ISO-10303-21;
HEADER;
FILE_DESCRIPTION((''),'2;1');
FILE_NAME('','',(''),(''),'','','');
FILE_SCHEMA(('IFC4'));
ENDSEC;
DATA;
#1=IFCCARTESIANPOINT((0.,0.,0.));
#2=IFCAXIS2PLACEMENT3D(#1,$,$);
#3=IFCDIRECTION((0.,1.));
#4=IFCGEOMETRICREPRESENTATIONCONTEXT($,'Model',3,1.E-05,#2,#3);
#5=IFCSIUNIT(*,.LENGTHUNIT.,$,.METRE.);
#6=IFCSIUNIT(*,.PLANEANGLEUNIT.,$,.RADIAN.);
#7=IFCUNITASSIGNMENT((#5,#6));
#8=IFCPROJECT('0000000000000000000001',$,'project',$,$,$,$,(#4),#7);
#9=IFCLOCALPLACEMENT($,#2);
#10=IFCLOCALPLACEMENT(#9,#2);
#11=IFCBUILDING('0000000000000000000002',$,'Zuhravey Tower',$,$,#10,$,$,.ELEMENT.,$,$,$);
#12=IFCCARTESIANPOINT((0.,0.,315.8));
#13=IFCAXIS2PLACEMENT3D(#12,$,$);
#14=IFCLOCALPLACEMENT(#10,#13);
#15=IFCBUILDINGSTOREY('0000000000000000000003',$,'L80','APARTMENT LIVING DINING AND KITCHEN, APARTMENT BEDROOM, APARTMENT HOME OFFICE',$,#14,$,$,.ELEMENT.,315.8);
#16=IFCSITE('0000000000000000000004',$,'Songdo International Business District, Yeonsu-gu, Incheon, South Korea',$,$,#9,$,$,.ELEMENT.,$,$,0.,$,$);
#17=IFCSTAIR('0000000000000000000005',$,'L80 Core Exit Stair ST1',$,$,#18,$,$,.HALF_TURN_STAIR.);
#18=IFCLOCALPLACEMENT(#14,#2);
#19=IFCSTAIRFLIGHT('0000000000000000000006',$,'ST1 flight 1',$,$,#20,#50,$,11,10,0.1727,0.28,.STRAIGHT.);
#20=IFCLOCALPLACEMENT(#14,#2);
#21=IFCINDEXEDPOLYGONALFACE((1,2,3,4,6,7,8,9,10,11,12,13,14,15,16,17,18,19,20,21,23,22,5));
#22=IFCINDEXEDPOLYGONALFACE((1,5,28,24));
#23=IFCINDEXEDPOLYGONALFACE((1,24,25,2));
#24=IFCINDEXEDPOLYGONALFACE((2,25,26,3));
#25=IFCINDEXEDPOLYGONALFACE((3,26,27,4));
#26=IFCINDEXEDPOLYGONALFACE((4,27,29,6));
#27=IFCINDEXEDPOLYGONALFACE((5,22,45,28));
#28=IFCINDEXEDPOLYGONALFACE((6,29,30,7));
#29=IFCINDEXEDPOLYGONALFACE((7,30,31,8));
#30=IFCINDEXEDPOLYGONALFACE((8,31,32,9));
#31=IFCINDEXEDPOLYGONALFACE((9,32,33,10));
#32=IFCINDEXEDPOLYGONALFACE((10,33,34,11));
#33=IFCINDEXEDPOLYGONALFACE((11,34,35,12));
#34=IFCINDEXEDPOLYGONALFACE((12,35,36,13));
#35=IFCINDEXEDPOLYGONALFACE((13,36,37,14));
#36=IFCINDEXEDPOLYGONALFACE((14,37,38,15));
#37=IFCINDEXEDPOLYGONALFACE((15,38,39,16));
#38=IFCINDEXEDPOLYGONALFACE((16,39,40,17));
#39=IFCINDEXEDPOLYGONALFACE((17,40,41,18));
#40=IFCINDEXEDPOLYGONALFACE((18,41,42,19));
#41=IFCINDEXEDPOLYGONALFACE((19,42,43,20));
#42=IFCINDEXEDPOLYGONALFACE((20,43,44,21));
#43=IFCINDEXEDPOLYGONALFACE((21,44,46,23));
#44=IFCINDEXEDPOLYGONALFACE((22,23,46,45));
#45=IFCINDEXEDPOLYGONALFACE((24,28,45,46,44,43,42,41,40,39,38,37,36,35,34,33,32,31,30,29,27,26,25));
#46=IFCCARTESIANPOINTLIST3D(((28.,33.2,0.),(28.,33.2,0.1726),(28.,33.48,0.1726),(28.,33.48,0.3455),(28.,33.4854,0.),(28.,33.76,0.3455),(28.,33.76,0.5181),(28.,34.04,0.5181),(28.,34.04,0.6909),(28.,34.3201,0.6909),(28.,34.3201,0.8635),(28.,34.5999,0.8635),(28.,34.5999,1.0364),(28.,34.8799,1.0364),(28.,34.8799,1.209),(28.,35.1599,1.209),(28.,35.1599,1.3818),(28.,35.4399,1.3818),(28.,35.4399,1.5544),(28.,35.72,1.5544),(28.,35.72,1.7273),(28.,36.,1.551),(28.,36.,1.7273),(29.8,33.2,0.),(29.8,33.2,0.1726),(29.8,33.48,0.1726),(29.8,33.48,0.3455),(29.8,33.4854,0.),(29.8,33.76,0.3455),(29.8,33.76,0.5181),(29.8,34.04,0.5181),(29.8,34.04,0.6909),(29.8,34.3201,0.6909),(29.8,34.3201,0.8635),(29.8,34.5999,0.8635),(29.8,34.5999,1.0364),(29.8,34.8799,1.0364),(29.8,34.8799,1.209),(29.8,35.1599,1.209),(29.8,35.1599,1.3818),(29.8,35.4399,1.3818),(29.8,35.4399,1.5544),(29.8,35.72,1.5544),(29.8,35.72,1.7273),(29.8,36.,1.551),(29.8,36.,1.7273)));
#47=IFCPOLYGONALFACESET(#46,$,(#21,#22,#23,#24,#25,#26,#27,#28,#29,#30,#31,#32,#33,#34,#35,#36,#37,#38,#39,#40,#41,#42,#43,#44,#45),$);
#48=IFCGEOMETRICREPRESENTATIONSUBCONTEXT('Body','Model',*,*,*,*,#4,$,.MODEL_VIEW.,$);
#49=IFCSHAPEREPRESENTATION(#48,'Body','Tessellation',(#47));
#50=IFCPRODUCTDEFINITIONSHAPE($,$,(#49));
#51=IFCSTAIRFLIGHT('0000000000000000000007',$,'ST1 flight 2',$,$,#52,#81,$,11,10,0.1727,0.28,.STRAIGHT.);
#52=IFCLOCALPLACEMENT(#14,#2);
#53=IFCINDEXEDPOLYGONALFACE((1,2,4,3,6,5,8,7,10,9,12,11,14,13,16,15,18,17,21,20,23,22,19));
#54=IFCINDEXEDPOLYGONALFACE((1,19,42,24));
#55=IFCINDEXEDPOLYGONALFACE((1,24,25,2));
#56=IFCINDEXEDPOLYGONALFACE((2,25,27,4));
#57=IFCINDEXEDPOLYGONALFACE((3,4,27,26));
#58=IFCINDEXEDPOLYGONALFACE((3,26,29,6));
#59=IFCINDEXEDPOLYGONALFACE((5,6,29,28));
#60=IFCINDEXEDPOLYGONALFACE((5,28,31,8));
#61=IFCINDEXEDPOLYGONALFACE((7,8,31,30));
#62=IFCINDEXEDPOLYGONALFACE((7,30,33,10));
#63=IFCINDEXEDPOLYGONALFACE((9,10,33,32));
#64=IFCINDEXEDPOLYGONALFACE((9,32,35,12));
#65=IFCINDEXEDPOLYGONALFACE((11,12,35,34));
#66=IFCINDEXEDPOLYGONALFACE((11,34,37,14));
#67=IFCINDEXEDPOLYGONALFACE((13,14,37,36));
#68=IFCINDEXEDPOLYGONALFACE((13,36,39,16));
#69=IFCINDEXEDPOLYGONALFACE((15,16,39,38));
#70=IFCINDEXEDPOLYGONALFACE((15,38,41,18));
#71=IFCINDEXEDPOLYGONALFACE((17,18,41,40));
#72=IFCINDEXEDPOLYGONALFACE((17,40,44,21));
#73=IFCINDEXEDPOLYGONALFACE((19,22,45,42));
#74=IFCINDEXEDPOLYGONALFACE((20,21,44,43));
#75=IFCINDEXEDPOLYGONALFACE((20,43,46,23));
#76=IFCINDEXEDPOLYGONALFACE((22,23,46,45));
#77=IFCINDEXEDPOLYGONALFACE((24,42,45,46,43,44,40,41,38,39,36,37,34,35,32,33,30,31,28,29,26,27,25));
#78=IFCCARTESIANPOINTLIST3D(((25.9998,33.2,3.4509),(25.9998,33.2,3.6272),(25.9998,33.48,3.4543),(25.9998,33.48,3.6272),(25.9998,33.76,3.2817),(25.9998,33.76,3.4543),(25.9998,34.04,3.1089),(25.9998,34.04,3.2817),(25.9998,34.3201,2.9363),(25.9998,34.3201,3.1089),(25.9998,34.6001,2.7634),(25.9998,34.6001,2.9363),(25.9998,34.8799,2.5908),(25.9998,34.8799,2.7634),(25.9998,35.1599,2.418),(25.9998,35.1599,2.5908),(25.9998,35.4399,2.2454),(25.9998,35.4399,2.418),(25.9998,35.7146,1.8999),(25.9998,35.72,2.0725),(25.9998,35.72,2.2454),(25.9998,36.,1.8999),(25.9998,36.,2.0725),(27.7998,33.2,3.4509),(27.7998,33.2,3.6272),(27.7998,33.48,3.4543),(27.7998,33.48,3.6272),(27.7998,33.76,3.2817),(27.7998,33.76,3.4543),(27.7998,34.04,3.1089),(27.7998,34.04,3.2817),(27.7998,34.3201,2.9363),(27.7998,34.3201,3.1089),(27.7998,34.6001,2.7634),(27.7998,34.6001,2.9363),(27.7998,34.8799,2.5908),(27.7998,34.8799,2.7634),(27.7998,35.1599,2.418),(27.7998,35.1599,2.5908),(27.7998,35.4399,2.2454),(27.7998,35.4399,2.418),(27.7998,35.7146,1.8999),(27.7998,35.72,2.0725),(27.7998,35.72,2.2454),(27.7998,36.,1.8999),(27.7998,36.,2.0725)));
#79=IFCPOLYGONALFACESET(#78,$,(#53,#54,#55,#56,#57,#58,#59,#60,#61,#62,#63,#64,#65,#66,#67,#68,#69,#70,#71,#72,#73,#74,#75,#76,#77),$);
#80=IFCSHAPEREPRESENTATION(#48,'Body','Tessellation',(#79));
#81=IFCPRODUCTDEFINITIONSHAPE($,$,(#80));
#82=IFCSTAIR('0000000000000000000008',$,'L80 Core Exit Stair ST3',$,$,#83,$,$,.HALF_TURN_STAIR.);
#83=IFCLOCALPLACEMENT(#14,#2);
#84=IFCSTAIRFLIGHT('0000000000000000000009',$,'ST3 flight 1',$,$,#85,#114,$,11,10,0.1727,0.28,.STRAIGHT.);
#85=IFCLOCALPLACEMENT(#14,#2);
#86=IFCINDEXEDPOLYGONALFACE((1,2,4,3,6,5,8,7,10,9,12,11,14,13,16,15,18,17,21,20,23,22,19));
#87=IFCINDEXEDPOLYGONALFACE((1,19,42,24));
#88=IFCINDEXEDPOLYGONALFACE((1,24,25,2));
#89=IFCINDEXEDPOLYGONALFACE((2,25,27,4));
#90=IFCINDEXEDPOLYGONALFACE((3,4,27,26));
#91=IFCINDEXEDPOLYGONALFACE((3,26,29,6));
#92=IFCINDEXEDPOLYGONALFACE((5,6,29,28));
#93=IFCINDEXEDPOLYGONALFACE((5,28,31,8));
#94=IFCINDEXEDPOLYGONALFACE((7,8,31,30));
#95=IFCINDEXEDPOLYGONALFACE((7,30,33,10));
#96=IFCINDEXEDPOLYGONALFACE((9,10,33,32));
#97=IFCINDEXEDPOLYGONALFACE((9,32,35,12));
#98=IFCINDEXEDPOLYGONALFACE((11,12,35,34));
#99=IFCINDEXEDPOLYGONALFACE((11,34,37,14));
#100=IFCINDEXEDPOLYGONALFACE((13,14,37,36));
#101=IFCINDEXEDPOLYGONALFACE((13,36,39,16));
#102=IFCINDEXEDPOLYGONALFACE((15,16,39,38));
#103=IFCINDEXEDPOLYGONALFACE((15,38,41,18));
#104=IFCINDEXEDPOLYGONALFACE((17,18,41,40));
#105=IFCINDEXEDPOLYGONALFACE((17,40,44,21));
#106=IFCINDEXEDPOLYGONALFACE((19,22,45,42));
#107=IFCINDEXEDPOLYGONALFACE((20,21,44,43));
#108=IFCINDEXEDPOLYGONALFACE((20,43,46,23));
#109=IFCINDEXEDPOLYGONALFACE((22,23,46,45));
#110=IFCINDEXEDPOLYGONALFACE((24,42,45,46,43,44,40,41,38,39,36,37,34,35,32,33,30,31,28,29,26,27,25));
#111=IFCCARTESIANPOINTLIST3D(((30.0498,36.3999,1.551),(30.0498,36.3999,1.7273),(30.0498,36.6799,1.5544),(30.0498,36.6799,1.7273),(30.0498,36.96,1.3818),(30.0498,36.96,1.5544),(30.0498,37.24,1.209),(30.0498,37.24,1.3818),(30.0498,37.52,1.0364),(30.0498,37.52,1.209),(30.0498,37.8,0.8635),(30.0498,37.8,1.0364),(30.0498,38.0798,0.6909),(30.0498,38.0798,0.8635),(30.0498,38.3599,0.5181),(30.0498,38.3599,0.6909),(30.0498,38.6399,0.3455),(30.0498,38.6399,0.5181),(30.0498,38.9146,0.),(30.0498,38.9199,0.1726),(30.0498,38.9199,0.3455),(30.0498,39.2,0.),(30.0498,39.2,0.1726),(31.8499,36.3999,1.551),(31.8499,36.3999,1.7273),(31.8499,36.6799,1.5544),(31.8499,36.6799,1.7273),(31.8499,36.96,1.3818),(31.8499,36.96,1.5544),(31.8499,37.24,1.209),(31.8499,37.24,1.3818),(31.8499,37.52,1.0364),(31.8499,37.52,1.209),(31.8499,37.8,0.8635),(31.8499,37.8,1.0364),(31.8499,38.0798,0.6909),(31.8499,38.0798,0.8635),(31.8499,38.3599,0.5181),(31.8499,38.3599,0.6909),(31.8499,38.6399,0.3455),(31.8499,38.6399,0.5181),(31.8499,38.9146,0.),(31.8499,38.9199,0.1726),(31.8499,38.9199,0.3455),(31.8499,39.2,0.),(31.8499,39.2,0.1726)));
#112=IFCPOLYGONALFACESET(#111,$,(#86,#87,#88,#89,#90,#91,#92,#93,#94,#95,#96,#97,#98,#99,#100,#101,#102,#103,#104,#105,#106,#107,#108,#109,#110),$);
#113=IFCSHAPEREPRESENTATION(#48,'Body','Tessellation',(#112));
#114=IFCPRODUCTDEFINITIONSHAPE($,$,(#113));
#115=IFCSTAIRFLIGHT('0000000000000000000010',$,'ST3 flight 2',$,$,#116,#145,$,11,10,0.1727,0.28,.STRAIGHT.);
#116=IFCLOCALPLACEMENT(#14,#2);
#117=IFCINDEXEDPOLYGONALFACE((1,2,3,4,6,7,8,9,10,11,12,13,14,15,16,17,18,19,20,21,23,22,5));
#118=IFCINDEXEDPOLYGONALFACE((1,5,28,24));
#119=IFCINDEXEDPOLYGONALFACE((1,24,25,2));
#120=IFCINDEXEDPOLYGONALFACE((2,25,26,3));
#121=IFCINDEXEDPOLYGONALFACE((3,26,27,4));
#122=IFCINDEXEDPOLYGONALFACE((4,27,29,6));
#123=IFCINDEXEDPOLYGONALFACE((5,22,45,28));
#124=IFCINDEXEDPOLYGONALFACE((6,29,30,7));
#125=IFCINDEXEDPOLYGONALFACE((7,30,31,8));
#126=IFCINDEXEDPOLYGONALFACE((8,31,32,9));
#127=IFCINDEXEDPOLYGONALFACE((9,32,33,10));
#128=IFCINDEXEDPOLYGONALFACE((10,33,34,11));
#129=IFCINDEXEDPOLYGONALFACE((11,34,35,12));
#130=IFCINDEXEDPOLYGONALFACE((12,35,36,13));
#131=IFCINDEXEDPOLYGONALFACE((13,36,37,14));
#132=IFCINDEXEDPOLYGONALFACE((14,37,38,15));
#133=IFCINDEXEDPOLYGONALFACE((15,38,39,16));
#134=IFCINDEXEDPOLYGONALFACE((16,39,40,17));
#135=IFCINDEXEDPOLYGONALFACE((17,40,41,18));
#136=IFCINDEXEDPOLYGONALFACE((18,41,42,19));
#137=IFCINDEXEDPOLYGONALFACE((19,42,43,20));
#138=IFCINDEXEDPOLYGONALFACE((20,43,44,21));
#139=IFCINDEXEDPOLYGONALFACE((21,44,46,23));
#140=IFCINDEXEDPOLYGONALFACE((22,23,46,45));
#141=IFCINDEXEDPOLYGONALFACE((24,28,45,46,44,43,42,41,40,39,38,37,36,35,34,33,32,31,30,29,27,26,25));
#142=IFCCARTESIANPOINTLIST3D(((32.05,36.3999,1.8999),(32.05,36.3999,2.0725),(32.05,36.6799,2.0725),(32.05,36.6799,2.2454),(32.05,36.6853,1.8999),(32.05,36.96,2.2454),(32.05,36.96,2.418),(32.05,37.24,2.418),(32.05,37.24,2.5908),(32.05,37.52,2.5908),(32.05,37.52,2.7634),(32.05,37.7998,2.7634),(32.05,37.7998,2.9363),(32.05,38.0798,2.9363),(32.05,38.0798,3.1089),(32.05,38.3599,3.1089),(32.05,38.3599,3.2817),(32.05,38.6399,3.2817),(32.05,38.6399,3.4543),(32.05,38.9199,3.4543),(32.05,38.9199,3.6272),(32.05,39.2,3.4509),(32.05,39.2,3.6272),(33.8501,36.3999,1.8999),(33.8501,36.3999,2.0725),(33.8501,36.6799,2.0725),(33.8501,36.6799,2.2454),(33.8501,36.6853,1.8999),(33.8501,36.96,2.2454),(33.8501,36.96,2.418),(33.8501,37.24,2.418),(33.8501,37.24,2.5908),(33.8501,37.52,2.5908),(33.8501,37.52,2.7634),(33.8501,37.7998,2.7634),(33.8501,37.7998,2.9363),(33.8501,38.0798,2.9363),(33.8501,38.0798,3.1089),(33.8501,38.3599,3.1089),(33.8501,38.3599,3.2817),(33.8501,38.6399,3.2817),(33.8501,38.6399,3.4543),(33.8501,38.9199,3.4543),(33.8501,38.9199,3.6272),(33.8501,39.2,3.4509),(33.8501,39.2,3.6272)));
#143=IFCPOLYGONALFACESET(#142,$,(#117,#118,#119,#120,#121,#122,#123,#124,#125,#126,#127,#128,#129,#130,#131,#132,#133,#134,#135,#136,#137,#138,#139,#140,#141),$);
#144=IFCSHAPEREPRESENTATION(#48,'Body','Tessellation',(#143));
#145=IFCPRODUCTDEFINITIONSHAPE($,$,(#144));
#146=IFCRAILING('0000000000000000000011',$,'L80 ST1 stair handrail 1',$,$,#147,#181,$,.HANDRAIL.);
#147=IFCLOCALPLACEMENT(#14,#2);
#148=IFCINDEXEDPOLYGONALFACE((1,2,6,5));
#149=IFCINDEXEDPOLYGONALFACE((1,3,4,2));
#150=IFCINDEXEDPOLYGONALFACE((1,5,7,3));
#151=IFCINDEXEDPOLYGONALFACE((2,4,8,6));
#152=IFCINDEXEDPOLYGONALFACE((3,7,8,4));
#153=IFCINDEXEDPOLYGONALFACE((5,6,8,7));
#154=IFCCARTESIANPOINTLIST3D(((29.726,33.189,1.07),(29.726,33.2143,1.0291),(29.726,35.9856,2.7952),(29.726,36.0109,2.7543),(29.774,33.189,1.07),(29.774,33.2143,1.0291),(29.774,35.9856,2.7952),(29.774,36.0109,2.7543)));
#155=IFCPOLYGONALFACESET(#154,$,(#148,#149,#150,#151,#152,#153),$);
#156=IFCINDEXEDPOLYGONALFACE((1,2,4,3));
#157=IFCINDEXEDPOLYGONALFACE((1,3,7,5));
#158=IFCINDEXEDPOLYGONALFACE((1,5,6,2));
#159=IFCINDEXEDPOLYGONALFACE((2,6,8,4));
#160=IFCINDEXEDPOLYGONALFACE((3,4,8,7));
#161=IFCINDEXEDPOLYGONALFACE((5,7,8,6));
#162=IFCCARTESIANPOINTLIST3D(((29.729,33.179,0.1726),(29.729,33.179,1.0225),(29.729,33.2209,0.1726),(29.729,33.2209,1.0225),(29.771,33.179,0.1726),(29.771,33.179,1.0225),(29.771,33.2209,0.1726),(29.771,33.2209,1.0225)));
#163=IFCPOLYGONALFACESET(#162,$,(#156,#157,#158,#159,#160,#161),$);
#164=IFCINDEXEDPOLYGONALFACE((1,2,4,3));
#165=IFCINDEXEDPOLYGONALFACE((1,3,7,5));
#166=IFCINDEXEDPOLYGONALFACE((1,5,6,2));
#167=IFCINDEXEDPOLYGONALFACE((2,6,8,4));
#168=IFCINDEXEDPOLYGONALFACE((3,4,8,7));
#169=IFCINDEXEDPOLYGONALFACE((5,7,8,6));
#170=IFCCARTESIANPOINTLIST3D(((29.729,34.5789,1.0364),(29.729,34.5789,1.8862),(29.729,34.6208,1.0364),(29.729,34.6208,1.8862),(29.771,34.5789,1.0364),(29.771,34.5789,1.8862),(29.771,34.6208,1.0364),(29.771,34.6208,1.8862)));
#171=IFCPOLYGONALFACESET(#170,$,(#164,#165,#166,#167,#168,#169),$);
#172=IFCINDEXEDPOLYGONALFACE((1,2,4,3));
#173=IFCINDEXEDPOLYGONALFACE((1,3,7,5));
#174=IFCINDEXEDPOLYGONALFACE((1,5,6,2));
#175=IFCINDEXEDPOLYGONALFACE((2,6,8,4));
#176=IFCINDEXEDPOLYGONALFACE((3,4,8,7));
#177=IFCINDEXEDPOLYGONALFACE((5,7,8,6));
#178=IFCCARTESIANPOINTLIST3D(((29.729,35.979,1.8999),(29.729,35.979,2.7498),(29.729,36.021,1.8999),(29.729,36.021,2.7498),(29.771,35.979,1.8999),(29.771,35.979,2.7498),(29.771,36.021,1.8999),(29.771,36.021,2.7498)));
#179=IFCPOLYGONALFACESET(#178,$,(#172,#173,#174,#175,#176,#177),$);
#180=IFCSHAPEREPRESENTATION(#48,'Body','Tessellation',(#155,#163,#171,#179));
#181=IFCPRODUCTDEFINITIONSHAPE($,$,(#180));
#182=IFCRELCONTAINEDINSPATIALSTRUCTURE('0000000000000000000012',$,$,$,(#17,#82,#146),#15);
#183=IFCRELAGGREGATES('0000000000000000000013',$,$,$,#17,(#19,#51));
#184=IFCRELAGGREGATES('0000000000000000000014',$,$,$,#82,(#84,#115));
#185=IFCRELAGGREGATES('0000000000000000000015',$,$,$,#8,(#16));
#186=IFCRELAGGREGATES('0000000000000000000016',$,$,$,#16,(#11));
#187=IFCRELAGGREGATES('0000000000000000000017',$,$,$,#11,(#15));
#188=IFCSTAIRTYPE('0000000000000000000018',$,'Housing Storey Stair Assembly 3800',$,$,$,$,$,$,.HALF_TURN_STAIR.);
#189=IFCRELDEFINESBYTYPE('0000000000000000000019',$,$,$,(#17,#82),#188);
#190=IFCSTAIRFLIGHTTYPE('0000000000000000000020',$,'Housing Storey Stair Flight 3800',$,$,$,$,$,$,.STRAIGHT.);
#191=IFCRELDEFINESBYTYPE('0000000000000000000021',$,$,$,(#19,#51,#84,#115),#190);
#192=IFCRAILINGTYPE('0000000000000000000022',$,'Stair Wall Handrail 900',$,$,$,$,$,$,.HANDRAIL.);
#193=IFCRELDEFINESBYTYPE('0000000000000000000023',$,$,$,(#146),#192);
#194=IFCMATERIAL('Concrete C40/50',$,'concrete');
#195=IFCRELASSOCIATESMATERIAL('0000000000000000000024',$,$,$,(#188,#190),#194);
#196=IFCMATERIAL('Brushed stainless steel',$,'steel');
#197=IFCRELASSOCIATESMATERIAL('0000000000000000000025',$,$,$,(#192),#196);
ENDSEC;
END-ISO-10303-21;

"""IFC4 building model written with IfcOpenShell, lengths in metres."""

from ifc_helpers import new_model, si_unit, direction, frame, origin, origin_2d, place, context, subcontext, project, spatial, polyline, rectangle, outline, extrude, material, type_object, element, aggregate, save


model = new_model("IFC4")

# Units and contexts
model_context = context("Model", 3, precision=1e-05, world=origin(), true_north=direction((0.0, 1.0)))
body_context = subcontext(model_context, "Body", "Model", "MODEL_VIEW")
ifc_project = project(units=[si_unit("LENGTHUNIT", "METRE"), si_unit("PLANEANGLEUNIT", "RADIAN")], contexts=[model_context])

# Site, building, storey
site_placement = place(None, origin())
site = spatial("IfcSite", under=ifc_project, at=site_placement, Name="Songdo International Business District, Yeonsu-gu, Incheon, South Korea", CompositionType="ELEMENT", RefElevation=0.0)
building_placement = place(site_placement, origin())
building = spatial("IfcBuilding", under=site, at=building_placement, Name="Zuhravey Tower", CompositionType="ELEMENT")
storey_placement = place(building_placement, frame((0.0, 0.0, 315.8)))
storey = spatial("IfcBuildingStorey", under=building, at=storey_placement, Name="L80", Description="APARTMENT LIVING DINING AND KITCHEN, APARTMENT BEDROOM, APARTMENT HOME OFFICE", CompositionType="ELEMENT", Elevation=315.8)

# Stairs, stair flights
ifc_material_1 = material(Name="Concrete C40/50", Category="concrete")
stair_type = type_object("IfcStairType", Name="Housing Storey Stair Assembly 3800", PredefinedType="HALF_TURN_STAIR", material=ifc_material_1)
stair_1_placement = place(storey_placement, origin())
stair_1 = element("IfcStair", 1, at=stair_1_placement, inside=storey, type_object=stair_type, Name="L80 Core Exit Stair ST1", PredefinedType="HALF_TURN_STAIR")
stair_flight_type = type_object("IfcStairFlightType", Name="Housing Storey Stair Flight 3800", PredefinedType="STRAIGHT", material=ifc_material_1)
stair_flight_1_placement = place(storey_placement, frame((28.8999, 33.2, 0.0), z_axis=(0.0, 0.0, 1.0), x_axis=(0.0, 1.0, 0.0)))
stair_flight_1 = element("IfcStairFlight", 2, at=stair_flight_1_placement, type_object=stair_flight_type, Name="ST1 flight 1", NumberOfRisers=11, NumberOfTreads=10, PredefinedType="STRAIGHT", RiserHeight=0.1727, TreadLength=0.28, context=body_context, shape_type="SweptSolid", body=[
    extrude(outline(polyline([(0.0, 0.0), (0.0, 0.1726), (0.28, 0.1726), (0.28, 0.3455), (0.5601, 0.3455), (0.5601, 0.5181), (0.8401, 0.5181), (0.8401, 0.6909), (1.1201, 0.6909), (1.1201, 0.8635), (1.3999, 0.8635), (1.3999, 1.0364), (1.6799, 1.0364), (1.6799, 1.209), (1.96, 1.209), (1.96, 1.3818), (2.24, 1.3818), (2.24, 1.5544), (2.52, 1.5544), (2.52, 1.7273), (2.8, 1.7273), (2.8, 1.8999), (2.8, 1.551), (0.2854, 0.0), (0.0, 0.0)])), frame((0.0, 0.8999, 0.0), z_axis=(0.0, -1.0, 0.0), x_axis=(1.0, 0.0, 0.0)), (0.0, 0.0, 1.0), 1.8),
])
stair_flight_2_placement = place(storey_placement, frame((26.8999, 36.0, 1.8999), z_axis=(0.0, 0.0, 1.0), x_axis=(0.0, -1.0, 0.0)))
stair_flight_2 = element("IfcStairFlight", 3, at=stair_flight_2_placement, type_object=stair_flight_type, Name="ST1 flight 2", NumberOfRisers=11, NumberOfTreads=10, PredefinedType="STRAIGHT", RiserHeight=0.1727, TreadLength=0.28, context=body_context, shape_type="SweptSolid", body=[
    extrude(outline(polyline([(0.0, 0.0), (0.0, 0.1726), (0.28, 0.1726), (0.28, 0.3455), (0.5601, 0.3455), (0.5601, 0.5181), (0.8401, 0.5181), (0.8401, 0.6909), (1.1201, 0.6909), (1.1201, 0.8635), (1.3999, 0.8635), (1.3999, 1.0364), (1.6799, 1.0364), (1.6799, 1.209), (1.96, 1.209), (1.96, 1.3818), (2.24, 1.3818), (2.24, 1.5544), (2.52, 1.5544), (2.52, 1.7273), (2.8, 1.7273), (2.8, 1.8999), (2.8, 1.551), (0.2854, 0.0), (0.0, 0.0)])), frame((0.0, 0.8999, 0.0), z_axis=(0.0, -1.0, 0.0), x_axis=(1.0, 0.0, 0.0)), (0.0, 0.0, 1.0), 1.8),
])
aggregate(stair_1, [stair_flight_1, stair_flight_2])
stair_2_placement = place(storey_placement, origin())
stair_2 = element("IfcStair", 4, at=stair_2_placement, inside=storey, type_object=stair_type, Name="L80 Core Exit Stair ST3", PredefinedType="HALF_TURN_STAIR")
stair_flight_3_placement = place(storey_placement, frame((30.95, 39.2, 0.0), z_axis=(0.0, 0.0, 1.0), x_axis=(0.0, -1.0, 0.0)))
stair_flight_3 = element("IfcStairFlight", 5, at=stair_flight_3_placement, type_object=stair_flight_type, Name="ST3 flight 1", NumberOfRisers=11, NumberOfTreads=10, PredefinedType="STRAIGHT", RiserHeight=0.1727, TreadLength=0.28, context=body_context, shape_type="SweptSolid", body=[
    extrude(outline(polyline([(0.0, 0.0), (0.0, 0.1726), (0.28, 0.1726), (0.28, 0.3455), (0.5601, 0.3455), (0.5601, 0.5181), (0.8401, 0.5181), (0.8401, 0.6909), (1.1201, 0.6909), (1.1201, 0.8635), (1.3999, 0.8635), (1.3999, 1.0364), (1.6799, 1.0364), (1.6799, 1.209), (1.96, 1.209), (1.96, 1.3818), (2.24, 1.3818), (2.24, 1.5544), (2.52, 1.5544), (2.52, 1.7273), (2.8, 1.7273), (2.8, 1.8999), (2.8, 1.551), (0.2854, 0.0), (0.0, 0.0)])), frame((0.0, 0.8999, 0.0), z_axis=(0.0, -1.0, 0.0), x_axis=(1.0, 0.0, 0.0)), (0.0, 0.0, 1.0), 1.8),
])
stair_flight_4_placement = place(storey_placement, frame((32.95, 36.3999, 1.8999), z_axis=(0.0, 0.0, 1.0), x_axis=(0.0, 1.0, 0.0)))
stair_flight_4 = element("IfcStairFlight", 6, at=stair_flight_4_placement, type_object=stair_flight_type, Name="ST3 flight 2", NumberOfRisers=11, NumberOfTreads=10, PredefinedType="STRAIGHT", RiserHeight=0.1727, TreadLength=0.28, context=body_context, shape_type="SweptSolid", body=[
    extrude(outline(polyline([(0.0, 0.0), (0.0, 0.1726), (0.28, 0.1726), (0.28, 0.3455), (0.5601, 0.3455), (0.5601, 0.5181), (0.8401, 0.5181), (0.8401, 0.6909), (1.1201, 0.6909), (1.1201, 0.8635), (1.3999, 0.8635), (1.3999, 1.0364), (1.6799, 1.0364), (1.6799, 1.209), (1.96, 1.209), (1.96, 1.3818), (2.24, 1.3818), (2.24, 1.5544), (2.52, 1.5544), (2.52, 1.7273), (2.8, 1.7273), (2.8, 1.8999), (2.8, 1.551), (0.2854, 0.0), (0.0, 0.0)])), frame((0.0, 0.8999, 0.0), z_axis=(0.0, -1.0, 0.0), x_axis=(1.0, 0.0, 0.0)), (0.0, 0.0, 1.0), 1.8),
])
aggregate(stair_2, [stair_flight_3, stair_flight_4])

# Railing
ifc_material_2 = material(Name="Brushed stainless steel", Category="steel")
railing_type_1 = type_object("IfcRailingType", Name="Stair Wall Handrail 900", PredefinedType="HANDRAIL", material=ifc_material_2)
railing_1_placement = place(storey_placement, frame((29.75, 33.2, 0.1726)))
element("IfcRailing", 7, at=railing_1_placement, inside=storey, type_object=railing_type_1, Name="L80 ST1 stair handrail 1", PredefinedType="HANDRAIL", context=body_context, shape_type="SweptSolid", body=[
    extrude(rectangle(XDim=0.0481, YDim=0.0481, at=origin_2d()), frame((0.0, 0.0017, 0.877), z_axis=(0.0, 0.85109, 0.52502), x_axis=(-1.0, 0.0, 0.0)), (0.0, 0.0, 1.0), 3.2859),
    extrude(rectangle(XDim=0.042, YDim=0.042, at=origin_2d()), origin(), (0.0, 0.0, 1.0), 0.8499),
    extrude(rectangle(XDim=0.042, YDim=0.042, at=origin_2d()), frame((0.0, 1.3999, 0.8638)), (0.0, 0.0, 1.0), 0.8499),
    extrude(rectangle(XDim=0.042, YDim=0.042, at=origin_2d()), frame((0.0, 2.8, 1.7273)), (0.0, 0.0, 1.0), 0.8499),
])

save(model, "model.ifc")
